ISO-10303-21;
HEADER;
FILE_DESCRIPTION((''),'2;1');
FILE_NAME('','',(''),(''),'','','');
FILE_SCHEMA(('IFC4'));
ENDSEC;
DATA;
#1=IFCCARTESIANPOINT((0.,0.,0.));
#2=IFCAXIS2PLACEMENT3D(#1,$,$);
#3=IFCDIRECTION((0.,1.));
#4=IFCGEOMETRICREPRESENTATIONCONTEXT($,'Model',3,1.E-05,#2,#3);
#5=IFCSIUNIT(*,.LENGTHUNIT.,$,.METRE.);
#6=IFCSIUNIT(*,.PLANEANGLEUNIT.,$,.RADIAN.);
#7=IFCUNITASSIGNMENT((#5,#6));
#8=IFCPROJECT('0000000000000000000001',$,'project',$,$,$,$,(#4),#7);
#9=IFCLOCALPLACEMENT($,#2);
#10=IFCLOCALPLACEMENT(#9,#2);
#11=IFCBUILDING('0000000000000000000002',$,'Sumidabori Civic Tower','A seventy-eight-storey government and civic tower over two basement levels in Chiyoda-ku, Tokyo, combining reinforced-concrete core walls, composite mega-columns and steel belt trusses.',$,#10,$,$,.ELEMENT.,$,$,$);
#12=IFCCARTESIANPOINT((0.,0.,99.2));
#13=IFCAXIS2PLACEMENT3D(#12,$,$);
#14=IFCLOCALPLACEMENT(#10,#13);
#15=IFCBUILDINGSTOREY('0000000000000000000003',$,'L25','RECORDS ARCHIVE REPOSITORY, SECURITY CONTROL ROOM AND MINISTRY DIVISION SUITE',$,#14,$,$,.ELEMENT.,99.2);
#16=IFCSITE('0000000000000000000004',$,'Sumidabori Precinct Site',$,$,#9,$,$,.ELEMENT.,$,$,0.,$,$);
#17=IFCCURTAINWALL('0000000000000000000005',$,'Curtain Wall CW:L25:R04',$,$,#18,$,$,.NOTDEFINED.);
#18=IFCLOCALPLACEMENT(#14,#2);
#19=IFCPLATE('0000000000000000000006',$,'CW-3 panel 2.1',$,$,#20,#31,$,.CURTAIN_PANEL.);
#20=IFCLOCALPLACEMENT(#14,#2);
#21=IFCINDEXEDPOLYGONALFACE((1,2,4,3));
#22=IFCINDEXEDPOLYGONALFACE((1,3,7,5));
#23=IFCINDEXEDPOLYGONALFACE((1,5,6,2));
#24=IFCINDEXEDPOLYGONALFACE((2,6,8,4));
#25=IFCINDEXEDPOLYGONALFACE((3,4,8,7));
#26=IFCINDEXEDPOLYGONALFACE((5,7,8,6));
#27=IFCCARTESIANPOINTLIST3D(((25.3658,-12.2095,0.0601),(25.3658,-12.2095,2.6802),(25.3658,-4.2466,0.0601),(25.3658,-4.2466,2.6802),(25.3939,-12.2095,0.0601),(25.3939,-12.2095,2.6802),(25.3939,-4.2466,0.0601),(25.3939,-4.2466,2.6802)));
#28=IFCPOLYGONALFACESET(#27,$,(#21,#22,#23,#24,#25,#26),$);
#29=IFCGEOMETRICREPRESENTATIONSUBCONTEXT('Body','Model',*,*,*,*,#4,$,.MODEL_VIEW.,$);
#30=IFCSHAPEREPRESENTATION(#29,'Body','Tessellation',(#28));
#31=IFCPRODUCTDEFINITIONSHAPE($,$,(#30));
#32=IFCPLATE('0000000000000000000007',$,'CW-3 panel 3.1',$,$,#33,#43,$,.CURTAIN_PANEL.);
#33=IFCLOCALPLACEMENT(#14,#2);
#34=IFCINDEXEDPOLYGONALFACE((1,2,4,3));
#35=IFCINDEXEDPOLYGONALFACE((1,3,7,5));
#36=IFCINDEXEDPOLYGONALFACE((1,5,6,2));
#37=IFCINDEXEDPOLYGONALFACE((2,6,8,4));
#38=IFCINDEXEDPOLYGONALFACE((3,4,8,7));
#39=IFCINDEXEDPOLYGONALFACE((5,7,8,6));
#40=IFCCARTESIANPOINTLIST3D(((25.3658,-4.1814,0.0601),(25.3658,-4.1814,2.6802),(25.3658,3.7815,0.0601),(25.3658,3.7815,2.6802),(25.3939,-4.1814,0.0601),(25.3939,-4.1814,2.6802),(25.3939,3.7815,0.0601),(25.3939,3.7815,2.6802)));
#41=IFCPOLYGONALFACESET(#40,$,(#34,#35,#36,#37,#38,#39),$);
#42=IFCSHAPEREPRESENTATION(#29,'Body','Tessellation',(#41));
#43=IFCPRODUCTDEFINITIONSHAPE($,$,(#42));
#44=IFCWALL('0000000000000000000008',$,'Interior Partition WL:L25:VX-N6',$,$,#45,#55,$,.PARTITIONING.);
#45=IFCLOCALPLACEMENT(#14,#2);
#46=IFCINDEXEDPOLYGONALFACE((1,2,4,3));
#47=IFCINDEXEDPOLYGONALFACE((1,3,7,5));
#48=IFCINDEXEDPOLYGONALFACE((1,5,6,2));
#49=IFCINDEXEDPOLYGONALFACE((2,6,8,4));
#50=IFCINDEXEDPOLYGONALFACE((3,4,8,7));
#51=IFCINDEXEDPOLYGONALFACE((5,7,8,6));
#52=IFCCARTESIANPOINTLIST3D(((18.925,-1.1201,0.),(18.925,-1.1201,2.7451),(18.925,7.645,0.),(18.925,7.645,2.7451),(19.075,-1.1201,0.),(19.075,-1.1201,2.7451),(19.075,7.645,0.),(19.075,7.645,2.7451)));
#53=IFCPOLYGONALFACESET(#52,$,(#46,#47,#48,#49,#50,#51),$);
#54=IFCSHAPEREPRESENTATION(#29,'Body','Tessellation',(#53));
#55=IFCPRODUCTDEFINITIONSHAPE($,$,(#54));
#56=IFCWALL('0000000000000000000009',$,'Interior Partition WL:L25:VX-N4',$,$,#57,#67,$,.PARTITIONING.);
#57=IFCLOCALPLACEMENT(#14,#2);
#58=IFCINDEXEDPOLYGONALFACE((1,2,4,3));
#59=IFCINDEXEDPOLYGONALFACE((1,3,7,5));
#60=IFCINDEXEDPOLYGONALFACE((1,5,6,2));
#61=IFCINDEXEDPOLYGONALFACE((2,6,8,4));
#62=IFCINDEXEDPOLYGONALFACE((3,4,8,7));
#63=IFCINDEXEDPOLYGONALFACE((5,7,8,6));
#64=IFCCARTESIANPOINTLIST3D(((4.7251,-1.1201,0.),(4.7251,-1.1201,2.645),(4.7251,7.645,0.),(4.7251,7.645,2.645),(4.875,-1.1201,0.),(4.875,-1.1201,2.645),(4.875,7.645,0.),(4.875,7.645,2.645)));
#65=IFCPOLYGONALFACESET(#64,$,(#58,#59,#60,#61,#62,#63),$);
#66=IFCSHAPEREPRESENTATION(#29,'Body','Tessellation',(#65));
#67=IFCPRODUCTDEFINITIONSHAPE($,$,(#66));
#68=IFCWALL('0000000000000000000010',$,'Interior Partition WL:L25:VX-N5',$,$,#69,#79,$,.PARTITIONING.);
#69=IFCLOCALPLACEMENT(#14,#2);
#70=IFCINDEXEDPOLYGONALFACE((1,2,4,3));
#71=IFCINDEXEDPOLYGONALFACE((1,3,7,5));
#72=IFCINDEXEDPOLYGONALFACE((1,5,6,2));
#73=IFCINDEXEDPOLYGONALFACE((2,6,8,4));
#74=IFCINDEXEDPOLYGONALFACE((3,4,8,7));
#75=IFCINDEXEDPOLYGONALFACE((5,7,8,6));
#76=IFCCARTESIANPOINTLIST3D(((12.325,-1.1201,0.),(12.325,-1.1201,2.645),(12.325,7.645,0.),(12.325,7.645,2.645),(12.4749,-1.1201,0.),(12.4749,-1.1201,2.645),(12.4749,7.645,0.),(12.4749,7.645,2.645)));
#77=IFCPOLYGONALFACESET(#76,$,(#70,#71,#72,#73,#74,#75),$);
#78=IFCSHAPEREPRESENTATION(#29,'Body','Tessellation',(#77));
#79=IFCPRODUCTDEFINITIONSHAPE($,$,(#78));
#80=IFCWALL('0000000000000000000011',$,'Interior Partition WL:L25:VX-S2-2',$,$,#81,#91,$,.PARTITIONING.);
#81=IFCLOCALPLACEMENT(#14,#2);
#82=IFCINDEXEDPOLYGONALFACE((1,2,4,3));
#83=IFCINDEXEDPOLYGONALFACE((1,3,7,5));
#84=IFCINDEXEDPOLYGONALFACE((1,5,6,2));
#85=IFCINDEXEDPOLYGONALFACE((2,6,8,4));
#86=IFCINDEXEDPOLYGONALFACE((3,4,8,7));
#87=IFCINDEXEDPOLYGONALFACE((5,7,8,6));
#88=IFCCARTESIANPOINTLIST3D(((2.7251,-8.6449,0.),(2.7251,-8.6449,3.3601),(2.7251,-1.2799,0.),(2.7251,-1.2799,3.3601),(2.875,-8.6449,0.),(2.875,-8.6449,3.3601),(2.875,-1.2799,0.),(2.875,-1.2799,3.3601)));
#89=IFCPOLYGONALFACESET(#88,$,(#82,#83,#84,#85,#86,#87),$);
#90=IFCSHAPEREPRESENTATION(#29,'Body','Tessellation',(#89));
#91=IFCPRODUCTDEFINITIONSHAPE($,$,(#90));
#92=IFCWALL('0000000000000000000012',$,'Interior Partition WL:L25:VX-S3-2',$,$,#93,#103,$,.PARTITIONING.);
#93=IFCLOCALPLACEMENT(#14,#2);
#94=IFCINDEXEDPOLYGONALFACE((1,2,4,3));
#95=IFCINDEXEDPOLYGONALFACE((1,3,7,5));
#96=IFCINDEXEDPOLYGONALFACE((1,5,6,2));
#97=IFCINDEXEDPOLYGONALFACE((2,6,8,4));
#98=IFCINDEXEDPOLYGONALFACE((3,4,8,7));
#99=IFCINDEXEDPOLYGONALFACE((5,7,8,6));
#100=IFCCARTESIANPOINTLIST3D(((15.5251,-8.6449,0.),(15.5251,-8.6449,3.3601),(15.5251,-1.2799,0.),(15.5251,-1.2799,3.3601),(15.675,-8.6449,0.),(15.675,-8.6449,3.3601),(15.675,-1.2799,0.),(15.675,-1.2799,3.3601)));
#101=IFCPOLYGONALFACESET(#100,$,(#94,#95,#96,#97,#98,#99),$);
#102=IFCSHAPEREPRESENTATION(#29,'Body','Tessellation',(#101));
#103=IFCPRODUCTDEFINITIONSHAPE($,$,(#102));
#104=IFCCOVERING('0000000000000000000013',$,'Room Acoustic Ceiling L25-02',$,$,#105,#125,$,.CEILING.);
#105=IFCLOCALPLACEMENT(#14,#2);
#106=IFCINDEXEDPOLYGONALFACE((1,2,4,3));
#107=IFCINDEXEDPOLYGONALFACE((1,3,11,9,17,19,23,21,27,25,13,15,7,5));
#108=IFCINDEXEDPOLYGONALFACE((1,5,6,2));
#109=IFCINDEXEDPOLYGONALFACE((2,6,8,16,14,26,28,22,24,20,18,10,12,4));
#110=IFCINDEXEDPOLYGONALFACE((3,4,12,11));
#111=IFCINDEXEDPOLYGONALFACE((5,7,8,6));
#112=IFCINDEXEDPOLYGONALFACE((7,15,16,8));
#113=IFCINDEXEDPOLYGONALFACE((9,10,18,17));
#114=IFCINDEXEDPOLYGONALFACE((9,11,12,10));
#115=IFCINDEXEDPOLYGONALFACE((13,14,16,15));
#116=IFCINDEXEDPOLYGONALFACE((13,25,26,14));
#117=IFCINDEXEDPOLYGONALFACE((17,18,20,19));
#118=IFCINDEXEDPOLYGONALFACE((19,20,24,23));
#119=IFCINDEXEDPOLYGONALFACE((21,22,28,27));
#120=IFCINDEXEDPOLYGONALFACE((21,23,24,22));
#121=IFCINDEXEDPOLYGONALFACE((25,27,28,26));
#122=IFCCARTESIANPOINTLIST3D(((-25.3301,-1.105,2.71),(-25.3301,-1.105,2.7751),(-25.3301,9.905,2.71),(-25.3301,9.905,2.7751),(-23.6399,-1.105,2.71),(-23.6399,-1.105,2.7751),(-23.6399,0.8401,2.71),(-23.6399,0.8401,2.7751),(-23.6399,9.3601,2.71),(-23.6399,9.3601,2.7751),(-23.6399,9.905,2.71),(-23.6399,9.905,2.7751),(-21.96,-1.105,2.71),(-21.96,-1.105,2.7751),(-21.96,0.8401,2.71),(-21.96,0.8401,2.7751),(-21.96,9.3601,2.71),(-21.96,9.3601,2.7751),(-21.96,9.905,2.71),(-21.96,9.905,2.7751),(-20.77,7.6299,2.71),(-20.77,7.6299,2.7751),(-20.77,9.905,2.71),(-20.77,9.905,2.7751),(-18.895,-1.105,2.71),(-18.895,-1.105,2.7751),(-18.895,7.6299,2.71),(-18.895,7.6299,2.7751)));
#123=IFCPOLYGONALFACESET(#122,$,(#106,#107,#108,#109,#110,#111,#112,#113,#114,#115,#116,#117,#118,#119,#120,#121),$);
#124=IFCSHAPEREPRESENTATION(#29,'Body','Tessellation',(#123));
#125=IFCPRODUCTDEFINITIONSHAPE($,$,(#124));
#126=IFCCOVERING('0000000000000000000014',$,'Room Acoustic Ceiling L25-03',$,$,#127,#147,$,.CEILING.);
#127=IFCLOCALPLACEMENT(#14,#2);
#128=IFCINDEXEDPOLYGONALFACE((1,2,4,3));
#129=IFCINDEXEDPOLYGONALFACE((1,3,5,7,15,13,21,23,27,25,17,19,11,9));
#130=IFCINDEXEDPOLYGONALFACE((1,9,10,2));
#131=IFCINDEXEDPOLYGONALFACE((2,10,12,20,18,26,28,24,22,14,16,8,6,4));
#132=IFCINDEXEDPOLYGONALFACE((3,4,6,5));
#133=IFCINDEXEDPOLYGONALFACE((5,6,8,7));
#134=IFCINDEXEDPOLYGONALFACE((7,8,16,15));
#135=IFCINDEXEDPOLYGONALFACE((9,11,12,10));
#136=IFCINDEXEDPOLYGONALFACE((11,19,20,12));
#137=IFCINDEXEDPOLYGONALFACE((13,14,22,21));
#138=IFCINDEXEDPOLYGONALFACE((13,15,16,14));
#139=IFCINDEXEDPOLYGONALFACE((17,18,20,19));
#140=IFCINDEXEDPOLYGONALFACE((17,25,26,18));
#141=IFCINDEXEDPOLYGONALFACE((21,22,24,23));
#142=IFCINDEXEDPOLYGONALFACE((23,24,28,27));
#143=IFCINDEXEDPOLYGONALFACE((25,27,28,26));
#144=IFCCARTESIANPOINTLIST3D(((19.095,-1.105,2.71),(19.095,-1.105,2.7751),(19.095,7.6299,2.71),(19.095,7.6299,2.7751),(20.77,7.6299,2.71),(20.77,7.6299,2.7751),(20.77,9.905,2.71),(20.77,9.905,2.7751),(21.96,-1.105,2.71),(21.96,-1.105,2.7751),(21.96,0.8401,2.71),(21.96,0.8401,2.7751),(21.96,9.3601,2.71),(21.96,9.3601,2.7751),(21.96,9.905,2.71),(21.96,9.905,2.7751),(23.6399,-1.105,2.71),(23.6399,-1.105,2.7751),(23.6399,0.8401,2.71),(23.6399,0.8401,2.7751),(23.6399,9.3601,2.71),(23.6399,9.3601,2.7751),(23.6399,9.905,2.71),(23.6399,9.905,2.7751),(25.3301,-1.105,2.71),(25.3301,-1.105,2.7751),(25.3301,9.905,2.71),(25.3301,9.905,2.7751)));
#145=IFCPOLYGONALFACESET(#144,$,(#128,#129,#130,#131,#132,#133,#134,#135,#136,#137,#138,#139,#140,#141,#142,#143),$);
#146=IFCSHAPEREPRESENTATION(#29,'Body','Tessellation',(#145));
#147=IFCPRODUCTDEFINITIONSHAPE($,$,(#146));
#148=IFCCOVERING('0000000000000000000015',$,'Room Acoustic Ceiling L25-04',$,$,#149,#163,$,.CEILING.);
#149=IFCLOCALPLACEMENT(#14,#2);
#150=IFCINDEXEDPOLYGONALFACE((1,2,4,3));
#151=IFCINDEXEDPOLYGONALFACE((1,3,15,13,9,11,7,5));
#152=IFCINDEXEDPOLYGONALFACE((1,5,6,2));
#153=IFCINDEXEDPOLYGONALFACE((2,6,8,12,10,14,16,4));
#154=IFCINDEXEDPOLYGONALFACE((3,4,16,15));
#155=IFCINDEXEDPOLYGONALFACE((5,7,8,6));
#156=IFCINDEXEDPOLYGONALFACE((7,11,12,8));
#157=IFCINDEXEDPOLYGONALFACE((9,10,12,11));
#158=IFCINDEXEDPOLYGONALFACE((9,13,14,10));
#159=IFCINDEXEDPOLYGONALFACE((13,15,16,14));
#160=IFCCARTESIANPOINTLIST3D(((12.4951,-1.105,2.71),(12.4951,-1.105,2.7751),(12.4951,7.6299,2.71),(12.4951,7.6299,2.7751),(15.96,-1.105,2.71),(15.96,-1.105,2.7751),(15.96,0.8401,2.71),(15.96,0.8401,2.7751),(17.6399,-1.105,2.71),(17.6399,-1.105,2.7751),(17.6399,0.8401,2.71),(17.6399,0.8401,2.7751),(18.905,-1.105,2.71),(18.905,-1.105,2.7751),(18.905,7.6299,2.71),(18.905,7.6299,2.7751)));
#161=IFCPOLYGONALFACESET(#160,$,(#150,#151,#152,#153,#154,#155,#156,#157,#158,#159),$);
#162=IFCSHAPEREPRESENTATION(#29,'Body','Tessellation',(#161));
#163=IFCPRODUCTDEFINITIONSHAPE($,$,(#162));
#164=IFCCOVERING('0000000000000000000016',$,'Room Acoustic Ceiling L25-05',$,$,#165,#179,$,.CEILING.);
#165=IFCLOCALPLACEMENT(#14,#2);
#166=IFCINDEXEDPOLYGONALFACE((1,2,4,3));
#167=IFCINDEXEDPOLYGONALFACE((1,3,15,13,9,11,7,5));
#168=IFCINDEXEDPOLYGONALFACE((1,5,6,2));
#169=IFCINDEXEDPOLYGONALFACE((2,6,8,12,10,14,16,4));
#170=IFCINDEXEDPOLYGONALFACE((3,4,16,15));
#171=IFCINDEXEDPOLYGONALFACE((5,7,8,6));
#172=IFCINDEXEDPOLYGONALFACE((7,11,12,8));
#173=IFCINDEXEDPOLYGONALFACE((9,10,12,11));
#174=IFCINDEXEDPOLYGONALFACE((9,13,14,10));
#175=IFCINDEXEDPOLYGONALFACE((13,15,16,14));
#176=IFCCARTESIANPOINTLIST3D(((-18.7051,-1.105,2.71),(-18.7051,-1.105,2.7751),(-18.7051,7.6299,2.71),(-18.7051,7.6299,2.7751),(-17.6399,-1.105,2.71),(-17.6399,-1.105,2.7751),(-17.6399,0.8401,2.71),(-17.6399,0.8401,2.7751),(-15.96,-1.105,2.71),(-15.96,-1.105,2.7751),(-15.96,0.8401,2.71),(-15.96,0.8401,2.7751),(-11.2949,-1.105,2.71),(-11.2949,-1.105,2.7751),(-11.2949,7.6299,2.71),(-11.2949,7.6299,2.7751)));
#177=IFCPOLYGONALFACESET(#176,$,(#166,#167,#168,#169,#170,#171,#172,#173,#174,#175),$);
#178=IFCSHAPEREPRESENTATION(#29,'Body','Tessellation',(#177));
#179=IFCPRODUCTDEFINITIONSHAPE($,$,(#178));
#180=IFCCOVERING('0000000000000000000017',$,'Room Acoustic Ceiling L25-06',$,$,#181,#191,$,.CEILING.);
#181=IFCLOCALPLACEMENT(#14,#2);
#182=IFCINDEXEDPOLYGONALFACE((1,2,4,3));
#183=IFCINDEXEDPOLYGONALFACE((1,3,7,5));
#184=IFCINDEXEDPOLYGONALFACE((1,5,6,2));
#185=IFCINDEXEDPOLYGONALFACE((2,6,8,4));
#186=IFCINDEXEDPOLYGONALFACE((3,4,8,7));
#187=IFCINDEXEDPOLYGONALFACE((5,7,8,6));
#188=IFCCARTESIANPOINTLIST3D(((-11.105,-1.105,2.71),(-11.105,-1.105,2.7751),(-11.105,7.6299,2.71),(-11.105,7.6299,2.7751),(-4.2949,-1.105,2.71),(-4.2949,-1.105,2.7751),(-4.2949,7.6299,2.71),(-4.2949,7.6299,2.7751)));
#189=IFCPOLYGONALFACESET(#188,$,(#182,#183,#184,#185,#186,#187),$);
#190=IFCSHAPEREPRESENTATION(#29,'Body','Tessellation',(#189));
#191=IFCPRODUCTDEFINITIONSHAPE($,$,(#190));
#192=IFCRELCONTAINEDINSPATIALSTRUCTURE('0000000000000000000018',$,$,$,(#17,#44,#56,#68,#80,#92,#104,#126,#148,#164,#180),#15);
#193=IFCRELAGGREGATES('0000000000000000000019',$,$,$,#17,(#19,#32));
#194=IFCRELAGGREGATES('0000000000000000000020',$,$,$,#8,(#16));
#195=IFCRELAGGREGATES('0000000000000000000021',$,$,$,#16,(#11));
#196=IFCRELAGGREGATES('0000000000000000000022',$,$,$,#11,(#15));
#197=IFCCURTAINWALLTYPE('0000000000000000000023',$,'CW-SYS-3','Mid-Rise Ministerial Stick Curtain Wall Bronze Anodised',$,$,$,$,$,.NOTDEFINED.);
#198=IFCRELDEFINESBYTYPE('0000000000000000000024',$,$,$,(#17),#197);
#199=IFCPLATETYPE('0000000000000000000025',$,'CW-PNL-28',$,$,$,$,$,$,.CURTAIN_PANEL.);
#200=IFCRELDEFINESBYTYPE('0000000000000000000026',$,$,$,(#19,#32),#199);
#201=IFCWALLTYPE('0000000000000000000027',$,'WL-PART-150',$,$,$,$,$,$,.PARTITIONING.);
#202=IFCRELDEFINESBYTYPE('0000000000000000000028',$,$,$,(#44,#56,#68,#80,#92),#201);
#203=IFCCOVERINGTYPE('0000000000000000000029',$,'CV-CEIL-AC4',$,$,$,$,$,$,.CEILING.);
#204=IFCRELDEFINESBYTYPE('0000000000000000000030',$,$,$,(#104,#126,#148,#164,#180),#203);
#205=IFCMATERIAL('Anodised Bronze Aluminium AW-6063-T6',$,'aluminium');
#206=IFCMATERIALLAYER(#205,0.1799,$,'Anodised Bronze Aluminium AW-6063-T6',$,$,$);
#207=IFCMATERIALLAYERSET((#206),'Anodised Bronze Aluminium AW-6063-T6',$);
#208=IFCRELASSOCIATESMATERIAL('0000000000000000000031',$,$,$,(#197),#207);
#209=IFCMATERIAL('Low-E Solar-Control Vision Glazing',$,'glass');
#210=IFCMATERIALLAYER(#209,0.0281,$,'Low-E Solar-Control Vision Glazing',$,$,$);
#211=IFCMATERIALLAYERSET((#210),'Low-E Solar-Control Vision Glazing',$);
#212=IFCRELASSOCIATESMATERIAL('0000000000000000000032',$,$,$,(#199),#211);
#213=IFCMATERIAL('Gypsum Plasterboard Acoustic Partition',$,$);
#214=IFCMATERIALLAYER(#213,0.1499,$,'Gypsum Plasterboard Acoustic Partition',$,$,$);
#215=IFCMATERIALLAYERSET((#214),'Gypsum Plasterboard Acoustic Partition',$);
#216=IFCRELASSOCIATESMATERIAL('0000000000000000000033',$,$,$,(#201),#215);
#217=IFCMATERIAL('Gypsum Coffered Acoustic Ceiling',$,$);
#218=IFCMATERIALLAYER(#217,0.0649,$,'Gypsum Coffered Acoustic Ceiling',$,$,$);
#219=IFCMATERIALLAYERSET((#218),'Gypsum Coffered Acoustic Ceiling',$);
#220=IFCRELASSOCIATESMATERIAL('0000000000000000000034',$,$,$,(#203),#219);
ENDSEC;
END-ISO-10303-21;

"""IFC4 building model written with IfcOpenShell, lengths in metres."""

from ifc_helpers import new_model, si_unit, direction, frame, frame_2d, origin, origin_2d, place, context, subcontext, project, spatial, polyline, rectangle, outline, extrude, source, transform, mapped, material, layer, layer_set, type_object, element, aggregate, save


model = new_model("IFC4")

# Units and contexts
model_context = context("Model", 3, precision=1e-05, world=origin(), true_north=direction((0.0, 1.0)))
body_context = subcontext(model_context, "Body", "Model", "MODEL_VIEW")
ifc_project = project(units=[si_unit("LENGTHUNIT", "METRE"), si_unit("PLANEANGLEUNIT", "RADIAN")], contexts=[model_context])

# Site, building, storey
site_placement = place(None, origin())
site = spatial("IfcSite", under=ifc_project, at=site_placement, Name="Sumidabori Precinct Site", CompositionType="ELEMENT", RefElevation=0.0)
building_placement = place(site_placement, origin())
building = spatial("IfcBuilding", under=site, at=building_placement, Name="Sumidabori Civic Tower", Description="A seventy-eight-storey government and civic tower over two basement levels in Chiyoda-ku, Tokyo, combining reinforced-concrete core walls, composite mega-columns and steel belt trusses.", CompositionType="ELEMENT")
storey_placement = place(building_placement, frame((0.0, 0.0, 99.2)))
storey = spatial("IfcBuildingStorey", under=building, at=storey_placement, Name="L25", Description="RECORDS ARCHIVE REPOSITORY, SECURITY CONTROL ROOM AND MINISTRY DIVISION SUITE", CompositionType="ELEMENT", Elevation=99.2)

# Curtain wall, plates
ifc_material_1 = material(Name="Anodised Bronze Aluminium AW-6063-T6", Category="aluminium")
ifc_layer_1 = layer(ifc_material_1, 0.1799, Name="Anodised Bronze Aluminium AW-6063-T6")
ifc_layer_set_1 = layer_set([ifc_layer_1], Name="Anodised Bronze Aluminium AW-6063-T6")
curtain_wall_type = type_object("IfcCurtainWallType", Name="CW-SYS-3", Description="Mid-Rise Ministerial Stick Curtain Wall Bronze Anodised", PredefinedType="NOTDEFINED", material=ifc_layer_set_1)
curtain_wall_placement = place(storey_placement, origin())
curtain_wall = element("IfcCurtainWall", 1, at=curtain_wall_placement, inside=storey, type_object=curtain_wall_type, Name="Curtain Wall CW:L25:R04", PredefinedType="NOTDEFINED")
ifc_material_2 = material(Name="Low-E Solar-Control Vision Glazing", Category="glass")
ifc_layer_2 = layer(ifc_material_2, 0.0281, Name="Low-E Solar-Control Vision Glazing")
ifc_layer_set_2 = layer_set([ifc_layer_2], Name="Low-E Solar-Control Vision Glazing")
plate_type = type_object("IfcPlateType", Name="CW-PNL-28", PredefinedType="CURTAIN_PANEL", material=ifc_layer_set_2)
shared_shape_1 = source(origin(), body_context, "Body", "SweptSolid", [
    extrude(rectangle(XDim=7.9629, YDim=0.0281, at=origin_2d()), origin(), (0.0, 0.0, 1.0), 2.6201),
])
plate_1_placement = place(storey_placement, frame((25.3799, -8.228, 0.0601), z_axis=(0.0, 0.0, 1.0), x_axis=(0.0, 1.0, 0.0)))
plate_1 = element("IfcPlate", 2, at=plate_1_placement, type_object=plate_type, Name="CW-3 panel 2.1", PredefinedType="CURTAIN_PANEL", context=body_context, shape_type="MappedRepresentation", body=[
    mapped(shared_shape_1, transform((0.0, 0.0, 0.0), x_axis=(1.0, 0.0, 0.0), y_axis=(0.0, 1.0, 0.0), z_axis=(0.0, 0.0, 1.0), scale=1.0)),
])
plate_2_placement = place(storey_placement, frame((25.3799, -0.2, 0.0601), z_axis=(0.0, 0.0, 1.0), x_axis=(0.0, 1.0, 0.0)))
plate_2 = element("IfcPlate", 3, at=plate_2_placement, type_object=plate_type, Name="CW-3 panel 3.1", PredefinedType="CURTAIN_PANEL", context=body_context, shape_type="MappedRepresentation", body=[
    mapped(shared_shape_1, transform((0.0, 0.0, 0.0), x_axis=(1.0, 0.0, 0.0), y_axis=(0.0, 1.0, 0.0), z_axis=(0.0, 0.0, 1.0), scale=1.0)),
])
aggregate(curtain_wall, [plate_1, plate_2])

# Walls
ifc_material_3 = material(Name="Gypsum Plasterboard Acoustic Partition")
ifc_layer_3 = layer(ifc_material_3, 0.1499, Name="Gypsum Plasterboard Acoustic Partition")
ifc_layer_set_3 = layer_set([ifc_layer_3], Name="Gypsum Plasterboard Acoustic Partition")
wall_type = type_object("IfcWallType", Name="WL-PART-150", PredefinedType="PARTITIONING", material=ifc_layer_set_3)
shared_shape_2 = source(origin(), body_context, "Body", "SweptSolid", [
    extrude(rectangle(XDim=8.7651, YDim=0.1499, at=frame_2d((4.3826, 0.0))), origin(), (0.0, 0.0, 1.0), 2.7451),
])
wall_placement = place(storey_placement, frame((19.0, -1.1201, 0.0), z_axis=(0.0, 0.0, 1.0), x_axis=(0.0, 1.0, 0.0)))
element("IfcWall", 4, at=wall_placement, inside=storey, type_object=wall_type, Name="Interior Partition WL:L25:VX-N6", PredefinedType="PARTITIONING", context=body_context, shape_type="MappedRepresentation", body=[
    mapped(shared_shape_2, transform((0.0, 0.0, 0.0), x_axis=(1.0, 0.0, 0.0), y_axis=(0.0, 1.0, 0.0), z_axis=(0.0, 0.0, 1.0), scale=1.0)),
])
shared_shape_3 = source(origin(), body_context, "Body", "SweptSolid", [
    extrude(rectangle(XDim=8.7651, YDim=0.1499, at=frame_2d((4.3826, 0.0))), origin(), (0.0, 0.0, 1.0), 2.645),
])
for number, where, z_axis, x_axis, name in (
    (5, (4.8, -1.1201, 0.0), (0.0, 0.0, 1.0), (0.0, 1.0, 0.0), "Interior Partition WL:L25:VX-N4"),
    (6, (12.3999, -1.1201, 0.0), (0.0, 0.0, 1.0), (0.0, 1.0, 0.0), "Interior Partition WL:L25:VX-N5"),
):
    element("IfcWall", number, at=place(storey_placement, frame(where, z_axis=z_axis, x_axis=x_axis)), inside=storey, type_object=wall_type, Name=name, PredefinedType="PARTITIONING", context=body_context, shape_type="MappedRepresentation", body=[
        mapped(shared_shape_3, transform((0.0, 0.0, 0.0), x_axis=(1.0, 0.0, 0.0), y_axis=(0.0, 1.0, 0.0), z_axis=(0.0, 0.0, 1.0), scale=1.0)),
    ])
shared_shape_4 = source(origin(), body_context, "Body", "SweptSolid", [
    extrude(rectangle(XDim=7.365, YDim=0.1499, at=frame_2d((3.6826, 0.0))), origin(), (0.0, 0.0, 1.0), 3.3601),
])
for number, where, z_axis, x_axis, name in (
    (7, (2.8, -8.645, 0.0), (0.0, 0.0, 1.0), (0.0, 1.0, 0.0), "Interior Partition WL:L25:VX-S2-2"),
    (8, (15.6001, -8.645, 0.0), (0.0, 0.0, 1.0), (0.0, 1.0, 0.0), "Interior Partition WL:L25:VX-S3-2"),
):
    element("IfcWall", number, at=place(storey_placement, frame(where, z_axis=z_axis, x_axis=x_axis)), inside=storey, type_object=wall_type, Name=name, PredefinedType="PARTITIONING", context=body_context, shape_type="MappedRepresentation", body=[
        mapped(shared_shape_4, transform((0.0, 0.0, 0.0), x_axis=(1.0, 0.0, 0.0), y_axis=(0.0, 1.0, 0.0), z_axis=(0.0, 0.0, 1.0), scale=1.0)),
    ])

# Coverings
ifc_material_4 = material(Name="Gypsum Coffered Acoustic Ceiling")
ifc_layer_4 = layer(ifc_material_4, 0.0649, Name="Gypsum Coffered Acoustic Ceiling")
ifc_layer_set_4 = layer_set([ifc_layer_4], Name="Gypsum Coffered Acoustic Ceiling")
covering_type_1 = type_object("IfcCoveringType", Name="CV-CEIL-AC4", PredefinedType="CEILING", material=ifc_layer_set_4)
covering_1_placement = place(storey_placement, frame((0.0, 0.0, 2.71)))
element("IfcCovering", 9, at=covering_1_placement, inside=storey, type_object=covering_type_1, Name="Room Acoustic Ceiling L25-02", PredefinedType="CEILING", context=body_context, shape_type="SweptSolid", body=[
    extrude(outline(polyline([(-25.3301, -1.105), (-25.3301, 9.905), (-23.6399, 9.905), (-23.6399, 9.3601), (-21.96, 9.3601), (-21.96, 9.905), (-20.77, 9.905), (-20.77, 7.6299), (-18.895, 7.6299), (-18.895, -1.105), (-21.96, -1.105), (-21.96, 0.8401), (-23.6399, 0.8401), (-23.6399, -1.105), (-25.3301, -1.105)])), origin(), (0.0, 0.0, 1.0), 0.0652),
])
covering_2_placement = place(storey_placement, frame((0.0, 0.0, 2.71)))
element("IfcCovering", 10, at=covering_2_placement, inside=storey, type_object=covering_type_1, Name="Room Acoustic Ceiling L25-03", PredefinedType="CEILING", context=body_context, shape_type="SweptSolid", body=[
    extrude(outline(polyline([(19.095, 7.6299), (20.77, 7.6299), (20.77, 9.905), (21.96, 9.905), (21.96, 9.3601), (23.6399, 9.3601), (23.6399, 9.905), (25.3301, 9.905), (25.3301, -1.105), (23.6399, -1.105), (23.6399, 0.8401), (21.96, 0.8401), (21.96, -1.105), (19.095, -1.105), (19.095, 7.6299)])), origin(), (0.0, 0.0, 1.0), 0.0652),
])
covering_3_placement = place(storey_placement, frame((0.0, 0.0, 2.71)))
element("IfcCovering", 11, at=covering_3_placement, inside=storey, type_object=covering_type_1, Name="Room Acoustic Ceiling L25-04", PredefinedType="CEILING", context=body_context, shape_type="SweptSolid", body=[
    extrude(outline(polyline([(12.4951, 7.6299), (18.905, 7.6299), (18.905, -1.105), (17.6399, -1.105), (17.6399, 0.8401), (15.96, 0.8401), (15.96, -1.105), (12.4951, -1.105), (12.4951, 7.6299)])), origin(), (0.0, 0.0, 1.0), 0.0652),
])
covering_4_placement = place(storey_placement, frame((0.0, 0.0, 2.71)))
element("IfcCovering", 12, at=covering_4_placement, inside=storey, type_object=covering_type_1, Name="Room Acoustic Ceiling L25-05", PredefinedType="CEILING", context=body_context, shape_type="SweptSolid", body=[
    extrude(outline(polyline([(-18.7051, 7.6299), (-11.2949, 7.6299), (-11.2949, -1.105), (-15.96, -1.105), (-15.96, 0.8401), (-17.6399, 0.8401), (-17.6399, -1.105), (-18.7051, -1.105), (-18.7051, 7.6299)])), origin(), (0.0, 0.0, 1.0), 0.0652),
])
covering_5_placement = place(storey_placement, frame((0.0, 0.0, 2.71)))
element("IfcCovering", 13, at=covering_5_placement, inside=storey, type_object=covering_type_1, Name="Room Acoustic Ceiling L25-06", PredefinedType="CEILING", context=body_context, shape_type="SweptSolid", body=[
    extrude(outline(polyline([(-11.105, 7.6299), (-4.2949, 7.6299), (-4.2949, -1.105), (-11.105, -1.105), (-11.105, 7.6299)])), origin(), (0.0, 0.0, 1.0), 0.0652),
])

save(model, "model.ifc")
